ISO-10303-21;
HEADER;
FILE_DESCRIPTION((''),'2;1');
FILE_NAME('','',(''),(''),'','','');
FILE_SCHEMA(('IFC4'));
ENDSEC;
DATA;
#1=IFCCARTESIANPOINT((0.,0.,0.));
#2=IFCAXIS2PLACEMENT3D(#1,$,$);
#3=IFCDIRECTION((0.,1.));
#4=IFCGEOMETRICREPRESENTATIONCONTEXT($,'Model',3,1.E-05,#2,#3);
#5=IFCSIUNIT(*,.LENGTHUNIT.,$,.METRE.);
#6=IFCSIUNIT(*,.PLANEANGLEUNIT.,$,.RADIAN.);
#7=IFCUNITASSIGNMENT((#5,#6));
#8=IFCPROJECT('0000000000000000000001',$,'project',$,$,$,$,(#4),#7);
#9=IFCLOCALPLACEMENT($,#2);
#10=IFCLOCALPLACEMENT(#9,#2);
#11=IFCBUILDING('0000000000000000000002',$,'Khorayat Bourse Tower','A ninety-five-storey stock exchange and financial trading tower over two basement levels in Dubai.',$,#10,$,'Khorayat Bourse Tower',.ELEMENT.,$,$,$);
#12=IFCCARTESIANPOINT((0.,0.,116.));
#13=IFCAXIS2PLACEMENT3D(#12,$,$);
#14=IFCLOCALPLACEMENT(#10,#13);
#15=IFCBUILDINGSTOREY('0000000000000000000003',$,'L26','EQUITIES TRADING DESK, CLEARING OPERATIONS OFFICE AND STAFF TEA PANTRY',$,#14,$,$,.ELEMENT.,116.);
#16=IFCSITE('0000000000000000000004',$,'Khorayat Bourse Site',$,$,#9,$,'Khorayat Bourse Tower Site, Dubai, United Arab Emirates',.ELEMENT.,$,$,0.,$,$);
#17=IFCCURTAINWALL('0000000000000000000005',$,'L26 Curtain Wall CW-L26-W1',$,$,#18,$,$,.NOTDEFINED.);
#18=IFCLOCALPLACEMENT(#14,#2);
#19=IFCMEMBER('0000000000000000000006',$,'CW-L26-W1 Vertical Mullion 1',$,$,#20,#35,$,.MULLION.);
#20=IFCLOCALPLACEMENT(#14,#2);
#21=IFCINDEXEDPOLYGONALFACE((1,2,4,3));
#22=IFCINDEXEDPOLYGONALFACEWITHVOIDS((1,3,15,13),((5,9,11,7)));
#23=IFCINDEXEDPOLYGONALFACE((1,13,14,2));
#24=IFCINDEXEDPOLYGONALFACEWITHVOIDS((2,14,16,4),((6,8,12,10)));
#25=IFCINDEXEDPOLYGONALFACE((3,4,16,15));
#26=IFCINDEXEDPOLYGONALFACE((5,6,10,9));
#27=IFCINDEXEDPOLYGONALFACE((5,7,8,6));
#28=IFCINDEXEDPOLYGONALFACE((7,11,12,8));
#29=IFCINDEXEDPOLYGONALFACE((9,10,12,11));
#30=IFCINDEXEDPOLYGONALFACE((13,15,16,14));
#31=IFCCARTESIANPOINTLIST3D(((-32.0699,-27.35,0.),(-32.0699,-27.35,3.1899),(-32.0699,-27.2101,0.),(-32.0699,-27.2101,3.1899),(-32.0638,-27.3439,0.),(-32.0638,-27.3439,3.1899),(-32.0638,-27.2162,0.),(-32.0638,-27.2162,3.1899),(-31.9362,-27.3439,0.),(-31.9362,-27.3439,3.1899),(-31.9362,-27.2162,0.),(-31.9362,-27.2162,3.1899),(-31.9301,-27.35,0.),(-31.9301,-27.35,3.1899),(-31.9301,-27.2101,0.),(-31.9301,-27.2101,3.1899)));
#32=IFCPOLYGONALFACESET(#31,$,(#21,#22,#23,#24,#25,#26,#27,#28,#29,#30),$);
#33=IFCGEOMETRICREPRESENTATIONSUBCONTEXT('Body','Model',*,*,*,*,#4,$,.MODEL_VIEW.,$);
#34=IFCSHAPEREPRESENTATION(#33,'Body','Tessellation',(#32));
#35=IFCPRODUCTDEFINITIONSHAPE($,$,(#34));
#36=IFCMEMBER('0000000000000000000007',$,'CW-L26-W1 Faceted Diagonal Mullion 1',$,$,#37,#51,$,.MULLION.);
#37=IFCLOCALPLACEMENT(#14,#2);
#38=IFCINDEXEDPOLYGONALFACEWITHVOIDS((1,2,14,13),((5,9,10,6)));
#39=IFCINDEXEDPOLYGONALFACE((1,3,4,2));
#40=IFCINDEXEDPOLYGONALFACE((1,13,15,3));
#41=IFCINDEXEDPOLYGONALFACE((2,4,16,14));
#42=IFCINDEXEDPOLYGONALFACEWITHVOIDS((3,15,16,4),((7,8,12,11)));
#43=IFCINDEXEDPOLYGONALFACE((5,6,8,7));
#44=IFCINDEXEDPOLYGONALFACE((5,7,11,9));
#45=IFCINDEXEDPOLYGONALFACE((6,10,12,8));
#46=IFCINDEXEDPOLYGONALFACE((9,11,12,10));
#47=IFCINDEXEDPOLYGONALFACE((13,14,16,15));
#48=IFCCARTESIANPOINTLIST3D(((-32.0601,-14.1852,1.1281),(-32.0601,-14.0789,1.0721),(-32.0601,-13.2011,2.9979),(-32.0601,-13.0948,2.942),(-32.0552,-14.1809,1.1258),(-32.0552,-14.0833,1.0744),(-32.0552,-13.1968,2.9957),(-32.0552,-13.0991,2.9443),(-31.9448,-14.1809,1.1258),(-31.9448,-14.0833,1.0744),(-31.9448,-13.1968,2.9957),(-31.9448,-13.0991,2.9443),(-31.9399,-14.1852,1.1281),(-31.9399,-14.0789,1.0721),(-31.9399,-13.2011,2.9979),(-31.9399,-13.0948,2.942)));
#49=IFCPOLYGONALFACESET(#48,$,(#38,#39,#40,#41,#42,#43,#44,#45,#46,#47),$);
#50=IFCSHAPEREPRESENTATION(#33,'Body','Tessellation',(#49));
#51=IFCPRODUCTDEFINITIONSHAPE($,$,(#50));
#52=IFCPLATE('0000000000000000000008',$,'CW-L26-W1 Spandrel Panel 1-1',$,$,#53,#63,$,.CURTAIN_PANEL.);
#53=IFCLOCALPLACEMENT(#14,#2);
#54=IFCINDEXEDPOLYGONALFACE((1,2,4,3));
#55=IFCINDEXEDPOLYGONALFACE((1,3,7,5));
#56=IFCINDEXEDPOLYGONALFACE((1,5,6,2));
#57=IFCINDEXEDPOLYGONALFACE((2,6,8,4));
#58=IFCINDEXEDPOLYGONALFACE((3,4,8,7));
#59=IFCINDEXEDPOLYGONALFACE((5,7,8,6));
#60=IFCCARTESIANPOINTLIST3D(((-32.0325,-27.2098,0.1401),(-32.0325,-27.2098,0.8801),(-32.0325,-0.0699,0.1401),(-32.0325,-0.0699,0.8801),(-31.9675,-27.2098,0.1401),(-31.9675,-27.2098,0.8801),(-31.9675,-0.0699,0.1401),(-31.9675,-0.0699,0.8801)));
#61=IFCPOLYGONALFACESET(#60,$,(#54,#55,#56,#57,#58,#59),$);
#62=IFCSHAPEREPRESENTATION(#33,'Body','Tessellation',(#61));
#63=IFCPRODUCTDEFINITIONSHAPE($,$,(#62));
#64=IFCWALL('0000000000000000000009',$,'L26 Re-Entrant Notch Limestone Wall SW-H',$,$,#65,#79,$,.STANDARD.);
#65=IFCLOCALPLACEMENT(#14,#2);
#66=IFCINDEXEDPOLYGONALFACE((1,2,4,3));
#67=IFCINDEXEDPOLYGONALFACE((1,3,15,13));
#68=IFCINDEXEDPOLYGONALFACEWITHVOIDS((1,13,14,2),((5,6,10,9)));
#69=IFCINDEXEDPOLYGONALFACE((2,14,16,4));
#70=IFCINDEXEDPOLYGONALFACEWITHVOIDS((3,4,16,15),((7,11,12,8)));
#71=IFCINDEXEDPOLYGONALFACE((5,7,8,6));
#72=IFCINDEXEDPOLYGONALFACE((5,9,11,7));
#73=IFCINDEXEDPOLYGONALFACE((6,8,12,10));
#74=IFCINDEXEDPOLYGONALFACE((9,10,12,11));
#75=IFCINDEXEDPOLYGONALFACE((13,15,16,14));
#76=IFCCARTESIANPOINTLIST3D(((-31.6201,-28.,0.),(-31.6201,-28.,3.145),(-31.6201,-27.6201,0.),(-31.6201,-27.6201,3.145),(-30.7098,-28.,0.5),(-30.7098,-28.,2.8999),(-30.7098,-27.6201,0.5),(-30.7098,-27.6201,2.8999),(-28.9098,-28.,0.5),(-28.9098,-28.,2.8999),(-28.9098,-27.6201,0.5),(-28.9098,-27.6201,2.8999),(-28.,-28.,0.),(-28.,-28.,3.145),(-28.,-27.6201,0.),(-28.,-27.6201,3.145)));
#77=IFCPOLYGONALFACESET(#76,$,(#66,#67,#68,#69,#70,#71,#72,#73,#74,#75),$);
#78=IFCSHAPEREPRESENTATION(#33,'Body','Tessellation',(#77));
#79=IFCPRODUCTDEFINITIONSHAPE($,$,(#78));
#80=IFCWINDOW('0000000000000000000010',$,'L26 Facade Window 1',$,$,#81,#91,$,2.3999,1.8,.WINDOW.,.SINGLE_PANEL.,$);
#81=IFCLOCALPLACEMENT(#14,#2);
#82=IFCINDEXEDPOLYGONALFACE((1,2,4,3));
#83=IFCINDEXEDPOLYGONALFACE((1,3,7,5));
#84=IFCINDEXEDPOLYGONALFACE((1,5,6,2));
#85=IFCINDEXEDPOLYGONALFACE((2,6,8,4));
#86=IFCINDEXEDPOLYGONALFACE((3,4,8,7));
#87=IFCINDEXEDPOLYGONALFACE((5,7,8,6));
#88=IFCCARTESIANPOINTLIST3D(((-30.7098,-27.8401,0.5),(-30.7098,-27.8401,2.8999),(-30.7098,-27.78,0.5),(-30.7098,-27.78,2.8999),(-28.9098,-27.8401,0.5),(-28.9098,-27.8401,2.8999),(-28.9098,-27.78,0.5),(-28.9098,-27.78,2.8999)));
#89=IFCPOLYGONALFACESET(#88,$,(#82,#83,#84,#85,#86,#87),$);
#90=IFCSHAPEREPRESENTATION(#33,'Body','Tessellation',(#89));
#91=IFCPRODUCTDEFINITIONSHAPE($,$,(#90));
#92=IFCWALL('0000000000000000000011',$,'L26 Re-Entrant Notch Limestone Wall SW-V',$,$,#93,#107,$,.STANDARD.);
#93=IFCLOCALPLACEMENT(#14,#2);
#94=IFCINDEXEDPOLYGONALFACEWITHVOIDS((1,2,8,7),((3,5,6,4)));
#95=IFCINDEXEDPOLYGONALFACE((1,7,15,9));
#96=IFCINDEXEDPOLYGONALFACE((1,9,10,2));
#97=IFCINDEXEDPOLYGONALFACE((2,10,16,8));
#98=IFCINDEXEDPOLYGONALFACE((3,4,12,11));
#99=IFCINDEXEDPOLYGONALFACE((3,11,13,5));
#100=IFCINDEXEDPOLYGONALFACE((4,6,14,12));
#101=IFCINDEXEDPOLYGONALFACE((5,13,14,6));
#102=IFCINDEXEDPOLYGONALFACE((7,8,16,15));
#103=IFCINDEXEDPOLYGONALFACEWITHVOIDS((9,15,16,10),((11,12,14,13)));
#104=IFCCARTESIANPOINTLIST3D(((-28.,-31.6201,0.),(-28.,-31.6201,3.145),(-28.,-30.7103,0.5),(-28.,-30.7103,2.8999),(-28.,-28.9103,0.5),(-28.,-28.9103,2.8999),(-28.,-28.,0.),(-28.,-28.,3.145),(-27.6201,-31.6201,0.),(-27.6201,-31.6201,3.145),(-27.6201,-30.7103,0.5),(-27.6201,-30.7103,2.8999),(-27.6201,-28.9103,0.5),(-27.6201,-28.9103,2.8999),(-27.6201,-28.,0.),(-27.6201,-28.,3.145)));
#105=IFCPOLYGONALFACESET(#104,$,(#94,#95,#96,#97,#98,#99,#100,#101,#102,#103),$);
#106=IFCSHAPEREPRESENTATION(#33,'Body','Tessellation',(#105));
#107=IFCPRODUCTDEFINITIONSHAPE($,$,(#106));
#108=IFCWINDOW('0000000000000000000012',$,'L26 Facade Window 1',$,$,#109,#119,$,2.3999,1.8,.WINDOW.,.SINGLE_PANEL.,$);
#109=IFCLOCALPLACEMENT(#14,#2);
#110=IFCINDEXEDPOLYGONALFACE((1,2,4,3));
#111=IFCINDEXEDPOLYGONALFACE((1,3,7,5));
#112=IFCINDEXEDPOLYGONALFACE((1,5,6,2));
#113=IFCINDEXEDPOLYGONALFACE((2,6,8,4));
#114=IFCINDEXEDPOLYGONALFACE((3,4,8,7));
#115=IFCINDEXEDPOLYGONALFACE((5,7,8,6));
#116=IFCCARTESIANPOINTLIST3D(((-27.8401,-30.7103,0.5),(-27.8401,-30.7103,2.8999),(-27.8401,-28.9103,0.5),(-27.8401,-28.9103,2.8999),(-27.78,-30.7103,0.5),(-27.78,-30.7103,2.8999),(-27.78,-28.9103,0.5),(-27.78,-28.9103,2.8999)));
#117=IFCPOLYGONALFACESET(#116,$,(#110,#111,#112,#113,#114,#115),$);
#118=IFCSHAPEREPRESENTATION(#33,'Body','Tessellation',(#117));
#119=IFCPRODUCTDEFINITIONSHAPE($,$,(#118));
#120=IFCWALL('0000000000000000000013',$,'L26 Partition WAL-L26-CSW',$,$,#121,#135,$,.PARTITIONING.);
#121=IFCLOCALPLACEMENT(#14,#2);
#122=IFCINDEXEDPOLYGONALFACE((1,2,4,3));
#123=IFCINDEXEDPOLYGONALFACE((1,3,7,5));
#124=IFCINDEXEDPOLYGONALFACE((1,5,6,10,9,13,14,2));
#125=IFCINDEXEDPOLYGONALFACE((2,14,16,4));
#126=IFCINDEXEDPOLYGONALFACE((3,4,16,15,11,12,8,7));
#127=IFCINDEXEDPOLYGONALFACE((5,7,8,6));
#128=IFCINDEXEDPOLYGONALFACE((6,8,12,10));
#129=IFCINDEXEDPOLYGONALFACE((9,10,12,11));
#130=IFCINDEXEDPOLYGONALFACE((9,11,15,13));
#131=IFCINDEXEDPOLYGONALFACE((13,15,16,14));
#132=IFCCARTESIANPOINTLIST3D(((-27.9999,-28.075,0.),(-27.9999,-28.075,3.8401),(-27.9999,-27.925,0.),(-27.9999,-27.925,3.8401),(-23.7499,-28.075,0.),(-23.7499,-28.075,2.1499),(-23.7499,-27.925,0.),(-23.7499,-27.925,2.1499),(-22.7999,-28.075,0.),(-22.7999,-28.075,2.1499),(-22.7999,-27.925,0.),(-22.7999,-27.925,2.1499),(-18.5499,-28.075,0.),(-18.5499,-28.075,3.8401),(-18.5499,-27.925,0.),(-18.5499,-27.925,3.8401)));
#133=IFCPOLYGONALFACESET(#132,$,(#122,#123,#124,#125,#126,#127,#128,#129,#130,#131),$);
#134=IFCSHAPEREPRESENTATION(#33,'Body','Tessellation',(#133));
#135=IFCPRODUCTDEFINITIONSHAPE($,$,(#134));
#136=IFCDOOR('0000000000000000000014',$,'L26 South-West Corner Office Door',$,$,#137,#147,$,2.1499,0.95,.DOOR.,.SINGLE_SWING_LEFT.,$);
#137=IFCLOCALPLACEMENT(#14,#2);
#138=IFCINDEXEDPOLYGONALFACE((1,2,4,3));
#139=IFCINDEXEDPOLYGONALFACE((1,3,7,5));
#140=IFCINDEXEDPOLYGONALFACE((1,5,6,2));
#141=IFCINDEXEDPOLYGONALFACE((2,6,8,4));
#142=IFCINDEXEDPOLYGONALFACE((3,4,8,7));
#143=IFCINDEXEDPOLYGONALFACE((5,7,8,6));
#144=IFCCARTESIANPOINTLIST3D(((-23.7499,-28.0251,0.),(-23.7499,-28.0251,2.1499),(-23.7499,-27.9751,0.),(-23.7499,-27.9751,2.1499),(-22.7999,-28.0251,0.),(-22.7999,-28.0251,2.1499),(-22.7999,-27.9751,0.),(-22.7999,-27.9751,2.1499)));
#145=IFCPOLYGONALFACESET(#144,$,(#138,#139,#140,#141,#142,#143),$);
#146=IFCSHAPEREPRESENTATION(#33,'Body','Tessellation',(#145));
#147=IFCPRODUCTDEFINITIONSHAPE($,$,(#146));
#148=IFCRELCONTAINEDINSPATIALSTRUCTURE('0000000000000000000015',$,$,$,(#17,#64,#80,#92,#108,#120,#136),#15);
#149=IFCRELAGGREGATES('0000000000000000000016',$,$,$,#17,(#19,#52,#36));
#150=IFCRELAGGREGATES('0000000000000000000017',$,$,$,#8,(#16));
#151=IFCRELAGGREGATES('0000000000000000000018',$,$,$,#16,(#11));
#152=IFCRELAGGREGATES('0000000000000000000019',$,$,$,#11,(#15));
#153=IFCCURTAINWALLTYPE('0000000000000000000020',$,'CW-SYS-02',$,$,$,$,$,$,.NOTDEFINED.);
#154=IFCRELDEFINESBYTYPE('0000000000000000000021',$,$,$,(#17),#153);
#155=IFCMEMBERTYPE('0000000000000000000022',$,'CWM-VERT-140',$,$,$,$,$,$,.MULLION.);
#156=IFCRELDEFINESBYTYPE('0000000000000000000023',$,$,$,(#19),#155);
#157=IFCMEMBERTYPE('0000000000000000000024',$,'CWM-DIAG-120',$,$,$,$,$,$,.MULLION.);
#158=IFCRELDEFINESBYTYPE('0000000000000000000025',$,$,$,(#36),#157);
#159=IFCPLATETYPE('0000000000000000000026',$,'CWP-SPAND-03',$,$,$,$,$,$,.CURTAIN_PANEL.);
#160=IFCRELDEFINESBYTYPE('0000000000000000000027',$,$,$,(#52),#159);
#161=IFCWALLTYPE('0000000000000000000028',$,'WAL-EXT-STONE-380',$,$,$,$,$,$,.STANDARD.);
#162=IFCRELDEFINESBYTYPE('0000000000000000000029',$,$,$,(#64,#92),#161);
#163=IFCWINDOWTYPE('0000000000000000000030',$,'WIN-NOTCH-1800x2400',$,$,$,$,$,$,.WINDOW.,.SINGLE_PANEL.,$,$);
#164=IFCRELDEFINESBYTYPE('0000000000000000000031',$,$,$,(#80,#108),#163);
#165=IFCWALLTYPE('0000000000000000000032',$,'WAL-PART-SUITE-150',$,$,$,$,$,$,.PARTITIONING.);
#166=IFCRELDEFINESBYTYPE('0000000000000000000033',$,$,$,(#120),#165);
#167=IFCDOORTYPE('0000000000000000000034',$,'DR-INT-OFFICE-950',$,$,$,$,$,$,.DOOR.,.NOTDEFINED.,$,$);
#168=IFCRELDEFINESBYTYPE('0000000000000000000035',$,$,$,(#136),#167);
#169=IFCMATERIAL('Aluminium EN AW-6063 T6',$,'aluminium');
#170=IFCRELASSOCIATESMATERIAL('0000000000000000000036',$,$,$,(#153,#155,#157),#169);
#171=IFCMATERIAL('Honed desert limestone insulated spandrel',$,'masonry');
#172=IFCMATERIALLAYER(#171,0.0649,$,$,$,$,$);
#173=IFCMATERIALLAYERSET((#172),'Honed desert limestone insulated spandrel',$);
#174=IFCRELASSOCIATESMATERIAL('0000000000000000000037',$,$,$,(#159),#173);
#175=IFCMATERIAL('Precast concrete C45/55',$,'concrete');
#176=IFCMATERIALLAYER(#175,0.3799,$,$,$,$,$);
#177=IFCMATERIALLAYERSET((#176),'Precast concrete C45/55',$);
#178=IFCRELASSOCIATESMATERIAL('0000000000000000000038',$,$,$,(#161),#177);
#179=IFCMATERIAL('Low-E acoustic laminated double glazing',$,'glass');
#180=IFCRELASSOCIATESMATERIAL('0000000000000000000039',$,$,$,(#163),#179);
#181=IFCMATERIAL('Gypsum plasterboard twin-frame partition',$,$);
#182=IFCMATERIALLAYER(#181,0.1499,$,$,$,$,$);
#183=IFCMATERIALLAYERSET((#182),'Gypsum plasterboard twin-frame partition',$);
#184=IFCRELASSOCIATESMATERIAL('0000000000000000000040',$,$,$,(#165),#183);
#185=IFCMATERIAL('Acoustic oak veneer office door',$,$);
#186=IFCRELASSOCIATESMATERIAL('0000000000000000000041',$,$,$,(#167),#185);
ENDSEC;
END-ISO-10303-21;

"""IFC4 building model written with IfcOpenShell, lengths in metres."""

from ifc_helpers import new_model, si_unit, direction, frame, frame_2d, origin, origin_2d, place, context, subcontext, project, spatial, rectangle, hollow_rectangle, extrude, source, transform, mapped, material, layer, layer_set, material_profile, profile_set, type_object, element, fill, aggregate, save


model = new_model("IFC4")

# Units and contexts
model_context = context("Model", 3, precision=1e-05, world=origin(), true_north=direction((0.0, 1.0)))
body_context = subcontext(model_context, "Body", "Model", "MODEL_VIEW")
ifc_project = project(units=[si_unit("LENGTHUNIT", "METRE"), si_unit("PLANEANGLEUNIT", "RADIAN")], contexts=[model_context])

# Site, building, storey
site_placement = place(None, origin())
site = spatial("IfcSite", under=ifc_project, at=site_placement, Name="Khorayat Bourse Site", LongName="Khorayat Bourse Tower Site, Dubai, United Arab Emirates", CompositionType="ELEMENT", RefElevation=0.0)
building_placement = place(site_placement, origin())
building = spatial("IfcBuilding", under=site, at=building_placement, Name="Khorayat Bourse Tower", Description="A ninety-five-storey stock exchange and financial trading tower over two basement levels in Dubai.", LongName="Khorayat Bourse Tower", CompositionType="ELEMENT")
storey_placement = place(building_placement, frame((0.0, 0.0, 116.0)))
storey = spatial("IfcBuildingStorey", under=building, at=storey_placement, Name="L26", Description="EQUITIES TRADING DESK, CLEARING OPERATIONS OFFICE AND STAFF TEA PANTRY", CompositionType="ELEMENT", Elevation=116.0)

# Shared definitions
ifc_material_1 = material(Name="Aluminium EN AW-6063 T6", Category="aluminium")
curtain_wall_type = type_object("IfcCurtainWallType", Name="CW-SYS-02", PredefinedType="NOTDEFINED", material=ifc_material_1)

# Curtain wall
curtain_wall_1_placement = place(storey_placement, origin())
curtain_wall_1 = element("IfcCurtainWall", 1, at=curtain_wall_1_placement, inside=storey, type_object=curtain_wall_type, Name="L26 Curtain Wall CW-L26-W1", PredefinedType="NOTDEFINED")

# Members
ifc_material_profile_1 = material_profile(ifc_material_1, hollow_rectangle(XDim=0.1399, YDim=0.1399, WallThickness=0.0061, at=origin_2d()), Name="ALU 140x140x6")
ifc_profile_set_1 = profile_set([ifc_material_profile_1], Name="Aluminium EN AW-6063 T6")
member_type_1 = type_object("IfcMemberType", Name="CWM-VERT-140", PredefinedType="MULLION", material=ifc_profile_set_1)
shared_shape_1 = source(origin(), body_context, "Body", "SweptSolid", [
    extrude(hollow_rectangle(XDim=0.1399, YDim=0.1399, WallThickness=0.0061, at=origin_2d()), origin(), (0.0, 0.0, 1.0), 3.1899),
])
member_1_placement = place(storey_placement, frame((-32.0, -27.28, 0.0), z_axis=(0.0, 0.0, 1.0), x_axis=(-1.0, 0.0, 0.0)))
member_1 = element("IfcMember", 2, at=member_1_placement, type_object=member_type_1, Name="CW-L26-W1 Vertical Mullion 1", PredefinedType="MULLION", context=body_context, shape_type="MappedRepresentation", body=[
    mapped(shared_shape_1, transform((0.0, 0.0, 0.0), scale=1.0)),
])
ifc_material_profile_2 = material_profile(ifc_material_1, hollow_rectangle(XDim=0.1201, YDim=0.1201, WallThickness=0.0049, at=origin_2d()), Name="ALU 120x120x5")
ifc_profile_set_2 = profile_set([ifc_material_profile_2], Name="Aluminium EN AW-6063 T6")
member_type_2 = type_object("IfcMemberType", Name="CWM-DIAG-120", PredefinedType="MULLION", material=ifc_profile_set_2)
shared_shape_2 = source(origin(), body_context, "Body", "SweptSolid", [
    extrude(hollow_rectangle(XDim=0.1201, YDim=0.1201, WallThickness=0.0049, at=origin_2d()), origin(), (0.0, 0.0, 1.0), 2.113),
])
member_2_placement = place(storey_placement, frame((-32.0, -14.1321, 1.1001), z_axis=(0.0, 0.465742, 0.884921), x_axis=(-1.0, 0.0, 0.0)))
member_2 = element("IfcMember", 3, at=member_2_placement, type_object=member_type_2, Name="CW-L26-W1 Faceted Diagonal Mullion 1", PredefinedType="MULLION", context=body_context, shape_type="MappedRepresentation", body=[
    mapped(shared_shape_2, transform((0.0, 0.0, 0.0), scale=1.0)),
])

# Plate
ifc_material_2 = material(Name="Honed desert limestone insulated spandrel", Category="masonry")
ifc_layer_1 = layer(ifc_material_2, 0.0649)
ifc_layer_set_1 = layer_set([ifc_layer_1], Name="Honed desert limestone insulated spandrel")
plate_type = type_object("IfcPlateType", Name="CWP-SPAND-03", PredefinedType="CURTAIN_PANEL", material=ifc_layer_set_1)
shared_shape_3 = source(origin(), body_context, "Body", "SweptSolid", [
    extrude(rectangle(XDim=27.1399, YDim=0.0649, at=origin_2d()), origin(), (0.0, 0.0, 1.0), 0.74),
])
plate_placement = place(storey_placement, frame((-32.0, -13.6399, 0.1401), z_axis=(0.0, 0.0, 1.0), x_axis=(0.0, 1.0, 0.0)))
plate = element("IfcPlate", 4, at=plate_placement, type_object=plate_type, Name="CW-L26-W1 Spandrel Panel 1-1", PredefinedType="CURTAIN_PANEL", context=body_context, shape_type="MappedRepresentation", body=[
    mapped(shared_shape_3, transform((0.0, 0.0, 0.0), scale=1.0)),
])
aggregate(curtain_wall_1, [member_1, plate, member_2])

# Walls, openings, windows
ifc_material_3 = material(Name="Precast concrete C45/55", Category="concrete")
ifc_layer_2 = layer(ifc_material_3, 0.3799)
ifc_layer_set_2 = layer_set([ifc_layer_2], Name="Precast concrete C45/55")
wall_type_1 = type_object("IfcWallType", Name="WAL-EXT-STONE-380", PredefinedType="STANDARD", material=ifc_layer_set_2)
shared_shape_4 = source(origin(), body_context, "Body", "SweptSolid", [
    extrude(rectangle(XDim=3.6201, YDim=0.3799, at=frame_2d((1.8101, 0.0))), origin(), (0.0, 0.0, 1.0), 3.145),
])
wall_1_placement = place(storey_placement, frame((-28.0, -27.8101, 0.0), z_axis=(0.0, 0.0, 1.0), x_axis=(-1.0, 0.0, 0.0)))
wall_1 = element("IfcWall", 5, at=wall_1_placement, inside=storey, type_object=wall_type_1, Name="L26 Re-Entrant Notch Limestone Wall SW-H", PredefinedType="STANDARD", context=body_context, shape_type="MappedRepresentation", body=[
    mapped(shared_shape_4, transform((0.0, 0.0, 0.0), scale=1.0)),
])
shared_shape_5 = source(origin(), body_context, "Body", "SweptSolid", [
    extrude(rectangle(XDim=1.8, YDim=2.3999, at=frame_2d((0.8999, 1.2))), frame((0.0, 0.2, 0.0), z_axis=(0.0, -1.0, 0.0), x_axis=(1.0, 0.0, 0.0)), (0.0, 0.0, 1.0), 0.3999),
])
opening_1_placement = place(wall_1_placement, frame((0.9099, 0.0, 0.5)))
opening_1 = element("IfcOpeningElement", 6, at=opening_1_placement, cuts=wall_1, PredefinedType="OPENING", context=body_context, shape_type="MappedRepresentation", body=[
    mapped(shared_shape_5, transform((0.0, 0.0, 0.0), scale=1.0)),
])
ifc_material_4 = material(Name="Low-E acoustic laminated double glazing", Category="glass")
window_type = type_object("IfcWindowType", Name="WIN-NOTCH-1800x2400", PartitioningType="SINGLE_PANEL", PredefinedType="WINDOW", material=ifc_material_4)
shared_shape_6 = source(origin(), body_context, "Body", "SweptSolid", [
    extrude(rectangle(XDim=1.8, YDim=2.3999, at=frame_2d((0.8999, 1.2))), frame((0.0, 0.03, 0.0), z_axis=(0.0, -1.0, 0.0), x_axis=(1.0, 0.0, 0.0)), (0.0, 0.0, 1.0), 0.0601),
])
window_1_placement = place(opening_1_placement, origin())
window_1 = element("IfcWindow", 7, at=window_1_placement, inside=storey, type_object=window_type, Name="L26 Facade Window 1", OverallHeight=2.3999, OverallWidth=1.8, PartitioningType="SINGLE_PANEL", PredefinedType="WINDOW", context=body_context, shape_type="MappedRepresentation", body=[
    mapped(shared_shape_6, transform((0.0, 0.0, 0.0), scale=1.0)),
])
fill(opening_1, window_1)
wall_2_placement = place(storey_placement, frame((-27.8101, -31.6201, 0.0), z_axis=(0.0, 0.0, 1.0), x_axis=(0.0, 1.0, 0.0)))
wall_2 = element("IfcWall", 8, at=wall_2_placement, inside=storey, type_object=wall_type_1, Name="L26 Re-Entrant Notch Limestone Wall SW-V", PredefinedType="STANDARD", context=body_context, shape_type="MappedRepresentation", body=[
    mapped(shared_shape_4, transform((0.0, 0.0, 0.0), scale=1.0)),
])
opening_2_placement = place(wall_2_placement, frame((0.9099, 0.0, 0.5)))
opening_2 = element("IfcOpeningElement", 9, at=opening_2_placement, cuts=wall_2, PredefinedType="OPENING", context=body_context, shape_type="MappedRepresentation", body=[
    mapped(shared_shape_5, transform((0.0, 0.0, 0.0), scale=1.0)),
])
window_2_placement = place(opening_2_placement, origin())
window_2 = element("IfcWindow", 10, at=window_2_placement, inside=storey, type_object=window_type, Name="L26 Facade Window 1", OverallHeight=2.3999, OverallWidth=1.8, PartitioningType="SINGLE_PANEL", PredefinedType="WINDOW", context=body_context, shape_type="MappedRepresentation", body=[
    mapped(shared_shape_6, transform((0.0, 0.0, 0.0), scale=1.0)),
])
fill(opening_2, window_2)

# Wall, opening, door
ifc_material_5 = material(Name="Gypsum plasterboard twin-frame partition")
ifc_layer_3 = layer(ifc_material_5, 0.1499)
ifc_layer_set_3 = layer_set([ifc_layer_3], Name="Gypsum plasterboard twin-frame partition")
wall_type_2 = type_object("IfcWallType", Name="WAL-PART-SUITE-150", PredefinedType="PARTITIONING", material=ifc_layer_set_3)
shared_shape_7 = source(origin(), body_context, "Body", "SweptSolid", [
    extrude(rectangle(XDim=9.45, YDim=0.1499, at=frame_2d((4.7251, 0.0))), origin(), (0.0, 0.0, 1.0), 3.8401),
])
wall_3_placement = place(storey_placement, frame((-28.0, -28.0, 0.0), z_axis=(0.0, 0.0, 1.0), x_axis=(1.0, 0.0, 0.0)))
wall_3 = element("IfcWall", 11, at=wall_3_placement, inside=storey, type_object=wall_type_2, Name="L26 Partition WAL-L26-CSW", PredefinedType="PARTITIONING", context=body_context, shape_type="MappedRepresentation", body=[
    mapped(shared_shape_7, transform((0.0, 0.0, 0.0), scale=1.0)),
])
shared_shape_8 = source(origin(), body_context, "Body", "SweptSolid", [
    extrude(rectangle(XDim=0.95, YDim=2.1499, at=frame_2d((0.4751, 1.075))), frame((0.0, 0.085, 0.0), z_axis=(0.0, -1.0, 0.0), x_axis=(1.0, 0.0, 0.0)), (0.0, 0.0, 1.0), 0.1699),
])
opening_3_placement = place(wall_3_placement, frame((4.25, 0.0, 0.0)))
opening_3 = element("IfcOpeningElement", 12, at=opening_3_placement, cuts=wall_3, PredefinedType="OPENING", context=body_context, shape_type="MappedRepresentation", body=[
    mapped(shared_shape_8, transform((0.0, 0.0, 0.0), scale=1.0)),
])
ifc_material_6 = material(Name="Acoustic oak veneer office door")
door_type = type_object("IfcDoorType", Name="DR-INT-OFFICE-950", OperationType="NOTDEFINED", PredefinedType="DOOR", material=ifc_material_6)
shared_shape_9 = source(origin(), body_context, "Body", "SweptSolid", [
    extrude(rectangle(XDim=0.95, YDim=2.1499, at=frame_2d((0.4751, 1.075))), frame((0.0, 0.0249, 0.0), z_axis=(0.0, -1.0, 0.0), x_axis=(1.0, 0.0, 0.0)), (0.0, 0.0, 1.0), 0.05),
])
door_placement = place(opening_3_placement, origin())
door = element("IfcDoor", 13, at=door_placement, inside=storey, type_object=door_type, Name="L26 South-West Corner Office Door", OperationType="SINGLE_SWING_LEFT", OverallHeight=2.1499, OverallWidth=0.95, PredefinedType="DOOR", context=body_context, shape_type="MappedRepresentation", body=[
    mapped(shared_shape_9, transform((0.0, 0.0, 0.0), scale=1.0)),
])
fill(opening_3, door)

save(model, "model.ifc")
